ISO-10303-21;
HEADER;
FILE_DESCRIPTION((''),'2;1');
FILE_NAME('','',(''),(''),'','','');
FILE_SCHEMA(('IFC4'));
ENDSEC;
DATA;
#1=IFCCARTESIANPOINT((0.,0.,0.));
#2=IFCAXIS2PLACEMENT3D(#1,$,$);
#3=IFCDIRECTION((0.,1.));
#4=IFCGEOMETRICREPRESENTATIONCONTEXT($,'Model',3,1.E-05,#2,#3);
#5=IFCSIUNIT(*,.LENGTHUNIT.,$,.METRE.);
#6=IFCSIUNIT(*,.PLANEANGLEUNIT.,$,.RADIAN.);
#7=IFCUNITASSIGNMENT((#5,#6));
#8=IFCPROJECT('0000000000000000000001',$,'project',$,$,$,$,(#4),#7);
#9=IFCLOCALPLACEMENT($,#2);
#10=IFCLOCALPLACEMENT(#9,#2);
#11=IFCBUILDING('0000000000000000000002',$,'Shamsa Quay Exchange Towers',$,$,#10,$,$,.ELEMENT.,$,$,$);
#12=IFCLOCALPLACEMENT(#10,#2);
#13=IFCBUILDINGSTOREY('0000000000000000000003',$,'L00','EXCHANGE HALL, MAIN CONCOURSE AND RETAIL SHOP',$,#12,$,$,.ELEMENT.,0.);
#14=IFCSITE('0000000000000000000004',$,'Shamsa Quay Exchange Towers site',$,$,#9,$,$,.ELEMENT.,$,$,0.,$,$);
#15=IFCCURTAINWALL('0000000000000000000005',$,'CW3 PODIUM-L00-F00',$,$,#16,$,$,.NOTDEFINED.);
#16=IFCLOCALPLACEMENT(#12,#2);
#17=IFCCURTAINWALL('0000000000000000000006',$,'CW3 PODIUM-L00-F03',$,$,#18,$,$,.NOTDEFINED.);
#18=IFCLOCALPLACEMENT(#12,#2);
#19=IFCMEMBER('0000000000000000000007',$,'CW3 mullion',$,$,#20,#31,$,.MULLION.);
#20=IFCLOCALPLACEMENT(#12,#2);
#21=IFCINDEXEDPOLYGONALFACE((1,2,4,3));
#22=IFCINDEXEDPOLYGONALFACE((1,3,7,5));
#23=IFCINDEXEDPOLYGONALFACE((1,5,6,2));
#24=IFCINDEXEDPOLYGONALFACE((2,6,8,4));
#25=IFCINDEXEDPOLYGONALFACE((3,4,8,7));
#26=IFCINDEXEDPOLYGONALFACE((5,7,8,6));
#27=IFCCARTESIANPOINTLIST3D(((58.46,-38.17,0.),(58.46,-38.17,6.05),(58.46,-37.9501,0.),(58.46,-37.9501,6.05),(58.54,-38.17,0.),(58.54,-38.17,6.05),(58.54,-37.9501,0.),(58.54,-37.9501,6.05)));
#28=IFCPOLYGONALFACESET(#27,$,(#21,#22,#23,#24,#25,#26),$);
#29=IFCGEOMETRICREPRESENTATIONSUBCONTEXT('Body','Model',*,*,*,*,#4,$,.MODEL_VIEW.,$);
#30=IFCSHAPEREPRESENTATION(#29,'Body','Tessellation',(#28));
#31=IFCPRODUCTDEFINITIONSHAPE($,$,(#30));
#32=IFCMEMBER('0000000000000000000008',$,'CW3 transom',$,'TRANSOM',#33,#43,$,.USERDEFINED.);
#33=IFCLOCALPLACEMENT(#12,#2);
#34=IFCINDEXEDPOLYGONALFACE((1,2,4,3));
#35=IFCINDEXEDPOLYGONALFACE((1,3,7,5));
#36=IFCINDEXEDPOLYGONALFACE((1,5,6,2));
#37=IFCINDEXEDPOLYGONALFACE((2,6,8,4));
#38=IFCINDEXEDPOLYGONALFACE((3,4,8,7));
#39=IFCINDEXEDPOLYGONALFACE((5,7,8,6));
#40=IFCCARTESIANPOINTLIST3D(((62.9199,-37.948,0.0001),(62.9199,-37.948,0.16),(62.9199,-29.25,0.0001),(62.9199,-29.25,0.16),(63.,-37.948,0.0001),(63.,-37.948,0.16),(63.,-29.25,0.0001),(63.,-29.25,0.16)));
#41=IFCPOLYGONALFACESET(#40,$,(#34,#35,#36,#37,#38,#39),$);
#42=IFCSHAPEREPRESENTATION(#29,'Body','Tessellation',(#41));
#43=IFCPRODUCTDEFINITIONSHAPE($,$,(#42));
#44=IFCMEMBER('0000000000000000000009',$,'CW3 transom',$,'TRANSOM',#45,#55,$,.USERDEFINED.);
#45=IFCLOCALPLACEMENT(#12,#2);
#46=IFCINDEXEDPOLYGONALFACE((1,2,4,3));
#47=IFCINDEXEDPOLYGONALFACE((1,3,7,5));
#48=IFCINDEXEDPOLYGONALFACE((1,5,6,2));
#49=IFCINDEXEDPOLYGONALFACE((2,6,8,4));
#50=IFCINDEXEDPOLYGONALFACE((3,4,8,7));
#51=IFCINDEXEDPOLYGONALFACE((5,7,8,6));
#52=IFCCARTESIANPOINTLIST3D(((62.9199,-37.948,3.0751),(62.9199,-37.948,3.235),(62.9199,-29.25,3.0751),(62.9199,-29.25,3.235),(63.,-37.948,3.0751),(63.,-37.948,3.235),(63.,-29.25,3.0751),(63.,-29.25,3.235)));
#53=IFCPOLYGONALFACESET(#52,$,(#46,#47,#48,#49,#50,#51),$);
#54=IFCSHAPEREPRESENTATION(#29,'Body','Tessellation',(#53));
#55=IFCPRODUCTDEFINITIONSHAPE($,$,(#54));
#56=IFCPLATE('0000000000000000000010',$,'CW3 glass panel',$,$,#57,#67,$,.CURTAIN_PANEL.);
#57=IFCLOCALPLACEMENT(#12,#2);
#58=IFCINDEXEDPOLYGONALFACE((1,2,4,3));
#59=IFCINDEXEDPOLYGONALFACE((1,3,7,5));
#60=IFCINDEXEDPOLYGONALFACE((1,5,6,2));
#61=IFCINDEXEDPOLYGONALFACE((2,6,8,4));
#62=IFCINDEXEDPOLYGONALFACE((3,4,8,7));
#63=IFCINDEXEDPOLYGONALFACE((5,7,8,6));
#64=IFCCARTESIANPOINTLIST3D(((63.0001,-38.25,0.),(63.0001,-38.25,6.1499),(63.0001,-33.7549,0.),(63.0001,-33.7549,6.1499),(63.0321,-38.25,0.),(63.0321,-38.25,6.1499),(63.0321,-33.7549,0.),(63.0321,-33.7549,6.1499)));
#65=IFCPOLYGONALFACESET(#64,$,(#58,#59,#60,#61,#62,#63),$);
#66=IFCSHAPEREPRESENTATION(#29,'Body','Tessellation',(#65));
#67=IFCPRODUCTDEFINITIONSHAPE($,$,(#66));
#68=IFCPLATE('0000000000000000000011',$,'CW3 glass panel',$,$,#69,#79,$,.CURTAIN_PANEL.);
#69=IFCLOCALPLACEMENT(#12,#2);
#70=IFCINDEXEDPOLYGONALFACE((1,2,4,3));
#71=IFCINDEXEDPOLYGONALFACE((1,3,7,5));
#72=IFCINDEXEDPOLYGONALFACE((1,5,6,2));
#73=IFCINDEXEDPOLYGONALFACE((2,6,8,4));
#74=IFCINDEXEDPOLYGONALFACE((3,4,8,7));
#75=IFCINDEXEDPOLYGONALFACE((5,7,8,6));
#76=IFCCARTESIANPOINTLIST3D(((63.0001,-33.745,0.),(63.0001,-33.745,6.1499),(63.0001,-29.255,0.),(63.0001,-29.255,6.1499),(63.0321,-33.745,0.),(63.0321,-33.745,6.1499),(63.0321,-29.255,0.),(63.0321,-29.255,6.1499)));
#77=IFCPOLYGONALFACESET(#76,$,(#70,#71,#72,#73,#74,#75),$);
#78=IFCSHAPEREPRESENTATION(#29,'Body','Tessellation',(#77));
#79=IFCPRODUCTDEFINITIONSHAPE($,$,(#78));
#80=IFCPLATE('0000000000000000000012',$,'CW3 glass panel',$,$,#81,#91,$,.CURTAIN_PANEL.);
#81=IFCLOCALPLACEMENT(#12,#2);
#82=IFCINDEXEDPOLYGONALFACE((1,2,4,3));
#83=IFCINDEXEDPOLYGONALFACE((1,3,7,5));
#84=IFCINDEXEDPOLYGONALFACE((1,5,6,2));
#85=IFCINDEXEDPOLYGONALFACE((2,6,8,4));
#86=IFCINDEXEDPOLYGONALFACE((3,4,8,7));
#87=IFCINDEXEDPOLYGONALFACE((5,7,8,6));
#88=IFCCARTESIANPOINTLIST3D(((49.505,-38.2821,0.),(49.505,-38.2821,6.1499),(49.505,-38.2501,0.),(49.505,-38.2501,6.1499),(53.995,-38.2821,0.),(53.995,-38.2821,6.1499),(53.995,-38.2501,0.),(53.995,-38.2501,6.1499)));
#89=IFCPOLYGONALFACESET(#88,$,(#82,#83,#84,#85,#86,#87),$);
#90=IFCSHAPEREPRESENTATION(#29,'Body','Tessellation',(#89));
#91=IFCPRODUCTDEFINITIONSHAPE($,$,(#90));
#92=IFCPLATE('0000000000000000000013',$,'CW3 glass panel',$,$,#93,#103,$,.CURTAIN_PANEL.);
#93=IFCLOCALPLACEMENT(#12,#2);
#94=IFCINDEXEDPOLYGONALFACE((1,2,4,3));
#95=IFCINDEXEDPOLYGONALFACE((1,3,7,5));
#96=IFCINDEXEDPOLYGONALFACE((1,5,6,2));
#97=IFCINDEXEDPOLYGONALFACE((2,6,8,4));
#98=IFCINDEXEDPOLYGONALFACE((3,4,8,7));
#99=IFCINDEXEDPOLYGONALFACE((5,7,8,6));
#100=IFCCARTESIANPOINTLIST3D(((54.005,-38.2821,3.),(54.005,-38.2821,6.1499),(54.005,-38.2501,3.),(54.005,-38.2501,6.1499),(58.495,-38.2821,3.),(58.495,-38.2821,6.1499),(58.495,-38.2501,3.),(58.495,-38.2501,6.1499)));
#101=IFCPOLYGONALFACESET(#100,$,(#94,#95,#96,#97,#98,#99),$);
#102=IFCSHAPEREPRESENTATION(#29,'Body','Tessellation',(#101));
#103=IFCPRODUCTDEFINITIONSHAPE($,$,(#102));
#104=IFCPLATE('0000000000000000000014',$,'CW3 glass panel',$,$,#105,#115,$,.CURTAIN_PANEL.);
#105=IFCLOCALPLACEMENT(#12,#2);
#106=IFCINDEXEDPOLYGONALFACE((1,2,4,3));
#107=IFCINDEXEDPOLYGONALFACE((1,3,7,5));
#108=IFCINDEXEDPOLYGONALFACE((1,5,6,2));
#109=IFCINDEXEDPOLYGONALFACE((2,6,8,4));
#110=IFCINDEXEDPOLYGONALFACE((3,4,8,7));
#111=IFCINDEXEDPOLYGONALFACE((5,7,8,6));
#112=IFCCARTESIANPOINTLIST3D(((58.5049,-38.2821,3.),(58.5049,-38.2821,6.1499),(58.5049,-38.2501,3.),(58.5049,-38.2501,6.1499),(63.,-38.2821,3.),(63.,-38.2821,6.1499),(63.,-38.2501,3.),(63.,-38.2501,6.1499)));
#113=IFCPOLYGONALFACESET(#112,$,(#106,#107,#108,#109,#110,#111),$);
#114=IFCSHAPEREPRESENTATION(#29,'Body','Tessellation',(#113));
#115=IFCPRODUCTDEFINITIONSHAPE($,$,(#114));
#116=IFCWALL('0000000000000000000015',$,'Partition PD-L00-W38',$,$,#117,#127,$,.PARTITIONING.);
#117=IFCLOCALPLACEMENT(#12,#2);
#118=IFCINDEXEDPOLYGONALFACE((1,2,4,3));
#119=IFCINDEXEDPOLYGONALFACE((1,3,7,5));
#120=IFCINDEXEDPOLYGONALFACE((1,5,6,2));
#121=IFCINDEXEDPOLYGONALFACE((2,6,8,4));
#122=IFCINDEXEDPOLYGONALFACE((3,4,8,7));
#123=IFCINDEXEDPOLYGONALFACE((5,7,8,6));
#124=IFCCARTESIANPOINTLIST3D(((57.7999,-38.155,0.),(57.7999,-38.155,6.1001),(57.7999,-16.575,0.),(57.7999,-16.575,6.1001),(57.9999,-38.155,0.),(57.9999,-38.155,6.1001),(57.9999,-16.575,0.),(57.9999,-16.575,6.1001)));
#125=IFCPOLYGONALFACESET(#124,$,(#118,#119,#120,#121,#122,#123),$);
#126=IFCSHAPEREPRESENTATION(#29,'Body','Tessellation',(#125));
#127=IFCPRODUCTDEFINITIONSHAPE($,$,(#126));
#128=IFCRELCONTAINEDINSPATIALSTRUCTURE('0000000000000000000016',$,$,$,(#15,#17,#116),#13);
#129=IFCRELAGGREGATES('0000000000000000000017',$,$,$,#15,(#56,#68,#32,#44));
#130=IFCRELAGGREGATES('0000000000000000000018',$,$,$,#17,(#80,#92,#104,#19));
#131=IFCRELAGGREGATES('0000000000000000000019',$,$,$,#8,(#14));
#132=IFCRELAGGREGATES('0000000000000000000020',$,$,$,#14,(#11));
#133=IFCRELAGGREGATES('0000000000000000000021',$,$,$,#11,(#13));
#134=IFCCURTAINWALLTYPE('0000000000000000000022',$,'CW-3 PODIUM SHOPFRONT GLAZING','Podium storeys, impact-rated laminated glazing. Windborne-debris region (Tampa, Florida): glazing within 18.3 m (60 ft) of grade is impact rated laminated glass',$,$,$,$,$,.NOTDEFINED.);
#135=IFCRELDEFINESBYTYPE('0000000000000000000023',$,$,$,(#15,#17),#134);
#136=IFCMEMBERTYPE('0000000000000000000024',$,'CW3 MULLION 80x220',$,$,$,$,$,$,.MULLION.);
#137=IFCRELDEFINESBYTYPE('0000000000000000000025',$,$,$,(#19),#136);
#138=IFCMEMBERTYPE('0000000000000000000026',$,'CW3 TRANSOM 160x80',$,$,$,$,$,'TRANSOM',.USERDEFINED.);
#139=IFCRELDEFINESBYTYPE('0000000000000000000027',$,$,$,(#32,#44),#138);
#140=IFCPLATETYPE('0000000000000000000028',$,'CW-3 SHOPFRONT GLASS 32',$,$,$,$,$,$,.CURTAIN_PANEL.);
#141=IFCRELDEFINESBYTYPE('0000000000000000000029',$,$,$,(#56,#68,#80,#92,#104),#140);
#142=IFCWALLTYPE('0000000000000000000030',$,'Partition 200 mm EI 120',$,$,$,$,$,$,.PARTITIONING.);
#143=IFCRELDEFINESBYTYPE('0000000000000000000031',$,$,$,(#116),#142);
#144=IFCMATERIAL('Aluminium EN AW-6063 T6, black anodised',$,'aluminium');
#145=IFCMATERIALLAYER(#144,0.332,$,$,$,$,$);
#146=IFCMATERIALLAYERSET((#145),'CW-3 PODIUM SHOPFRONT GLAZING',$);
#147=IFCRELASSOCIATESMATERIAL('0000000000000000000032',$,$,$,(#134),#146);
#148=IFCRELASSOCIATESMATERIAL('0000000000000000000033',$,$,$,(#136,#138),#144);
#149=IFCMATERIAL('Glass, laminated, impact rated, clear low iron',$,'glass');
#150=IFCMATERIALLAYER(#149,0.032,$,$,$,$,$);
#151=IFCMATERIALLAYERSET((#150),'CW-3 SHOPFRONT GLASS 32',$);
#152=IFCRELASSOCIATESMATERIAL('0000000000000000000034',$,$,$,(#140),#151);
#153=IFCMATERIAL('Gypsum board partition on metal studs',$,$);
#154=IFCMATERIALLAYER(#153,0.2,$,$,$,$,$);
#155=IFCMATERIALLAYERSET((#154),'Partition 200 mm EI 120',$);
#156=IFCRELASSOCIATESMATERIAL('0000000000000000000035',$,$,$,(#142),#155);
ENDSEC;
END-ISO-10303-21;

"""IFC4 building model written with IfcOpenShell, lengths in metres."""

from ifc_helpers import new_model, si_unit, direction, frame, frame_2d, origin, origin_2d, place, context, subcontext, project, spatial, rectangle, extrude, material, layer, layer_set, material_profile, profile_set, type_object, element, aggregate, save


model = new_model("IFC4")

# Units and contexts
model_context = context("Model", 3, precision=1e-05, world=origin(), true_north=direction((0.0, 1.0)))
body_context = subcontext(model_context, "Body", "Model", "MODEL_VIEW")
ifc_project = project(units=[si_unit("LENGTHUNIT", "METRE"), si_unit("PLANEANGLEUNIT", "RADIAN")], contexts=[model_context])

# Site, building, storey
site_placement = place(None, origin())
site = spatial("IfcSite", under=ifc_project, at=site_placement, Name="Shamsa Quay Exchange Towers site", CompositionType="ELEMENT", RefElevation=0.0)
building_placement = place(site_placement, origin())
building = spatial("IfcBuilding", under=site, at=building_placement, Name="Shamsa Quay Exchange Towers", CompositionType="ELEMENT")
storey_placement = place(building_placement, origin())
storey = spatial("IfcBuildingStorey", under=building, at=storey_placement, Name="L00", Description="EXCHANGE HALL, MAIN CONCOURSE AND RETAIL SHOP", CompositionType="ELEMENT", Elevation=0.0)

# Curtain walls, member
ifc_material_1 = material(Name="Aluminium EN AW-6063 T6, black anodised", Category="aluminium")
ifc_layer_1 = layer(ifc_material_1, 0.332)
ifc_layer_set_1 = layer_set([ifc_layer_1], Name="CW-3 PODIUM SHOPFRONT GLAZING")
curtain_wall_type = type_object("IfcCurtainWallType", Name="CW-3 PODIUM SHOPFRONT GLAZING", Description="Podium storeys, impact-rated laminated glazing. Windborne-debris region (Tampa, Florida): glazing within 18.3 m (60 ft) of grade is impact rated laminated glass", PredefinedType="NOTDEFINED", material=ifc_layer_set_1)
curtain_wall_1_placement = place(storey_placement, origin())
curtain_wall_1 = element("IfcCurtainWall", 1, at=curtain_wall_1_placement, inside=storey, type_object=curtain_wall_type, Name="CW3 PODIUM-L00-F00", PredefinedType="NOTDEFINED")
ifc_material_profile_1 = material_profile(ifc_material_1, rectangle(XDim=0.22, YDim=0.0801, at=origin_2d()), Name="MU80x220")
ifc_profile_set_1 = profile_set([ifc_material_profile_1], Name="Aluminium EN AW-6063 T6, black anodised")
member_type_1 = type_object("IfcMemberType", Name="CW3 MULLION 80x220", PredefinedType="MULLION", material=ifc_profile_set_1)
curtain_wall_2_placement = place(storey_placement, origin())
curtain_wall_2 = element("IfcCurtainWall", 2, at=curtain_wall_2_placement, inside=storey, type_object=curtain_wall_type, Name="CW3 PODIUM-L00-F03", PredefinedType="NOTDEFINED")
member_1_placement = place(storey_placement, frame((58.5, -38.0601, 0.0), z_axis=(0.0, 0.0, 1.0), x_axis=(0.0, 1.0, 0.0)))
member_1 = element("IfcMember", 3, at=member_1_placement, type_object=member_type_1, Name="CW3 mullion", PredefinedType="MULLION", context=body_context, shape_type="SweptSolid", body=[
    extrude(rectangle(XDim=0.22, YDim=0.0801, at=origin_2d()), origin(), (0.0, 0.0, 1.0), 6.05),
])

# Members
ifc_material_profile_2 = material_profile(ifc_material_1, rectangle(XDim=0.0801, YDim=0.1599, at=origin_2d()), Name="TR160x80")
ifc_profile_set_2 = profile_set([ifc_material_profile_2], Name="Aluminium EN AW-6063 T6, black anodised")
member_type_2 = type_object("IfcMemberType", Name="CW3 TRANSOM 160x80", ElementType="TRANSOM", PredefinedType="USERDEFINED", material=ifc_profile_set_2)
member_2_placement = place(storey_placement, frame((62.96, -37.948, 0.0801), z_axis=(0.0, 1.0, 0.0), x_axis=(-1.0, 0.0, 0.0)))
member_2 = element("IfcMember", 4, at=member_2_placement, type_object=member_type_2, Name="CW3 transom", ObjectType="TRANSOM", PredefinedType="USERDEFINED", context=body_context, shape_type="SweptSolid", body=[
    extrude(rectangle(XDim=0.0801, YDim=0.1599, at=origin_2d()), origin(), (0.0, 0.0, 1.0), 8.698),
])
member_3_placement = place(storey_placement, frame((62.96, -37.948, 3.155), z_axis=(0.0, 1.0, 0.0), x_axis=(-1.0, 0.0, 0.0)))
member_3 = element("IfcMember", 5, at=member_3_placement, type_object=member_type_2, Name="CW3 transom", ObjectType="TRANSOM", PredefinedType="USERDEFINED", context=body_context, shape_type="SweptSolid", body=[
    extrude(rectangle(XDim=0.0801, YDim=0.1599, at=origin_2d()), origin(), (0.0, 0.0, 1.0), 8.698),
])

# Plates
ifc_material_2 = material(Name="Glass, laminated, impact rated, clear low iron", Category="glass")
ifc_layer_2 = layer(ifc_material_2, 0.032)
ifc_layer_set_2 = layer_set([ifc_layer_2], Name="CW-3 SHOPFRONT GLASS 32")
plate_type = type_object("IfcPlateType", Name="CW-3 SHOPFRONT GLASS 32", PredefinedType="CURTAIN_PANEL", material=ifc_layer_set_2)
plate_1_placement = place(storey_placement, frame((63.0161, -36.0024, 0.0), z_axis=(0.0, 0.0, 1.0), x_axis=(0.0, 1.0, 0.0)))
plate_1 = element("IfcPlate", 6, at=plate_1_placement, type_object=plate_type, Name="CW3 glass panel", PredefinedType="CURTAIN_PANEL", context=body_context, shape_type="SweptSolid", body=[
    extrude(rectangle(XDim=4.4951, YDim=0.032, at=origin_2d()), origin(), (0.0, 0.0, 1.0), 6.1499),
])
plate_2_placement = place(storey_placement, frame((63.0161, -31.5, 0.0), z_axis=(0.0, 0.0, 1.0), x_axis=(0.0, 1.0, 0.0)))
plate_2 = element("IfcPlate", 7, at=plate_2_placement, type_object=plate_type, Name="CW3 glass panel", PredefinedType="CURTAIN_PANEL", context=body_context, shape_type="SweptSolid", body=[
    extrude(rectangle(XDim=4.49, YDim=0.032, at=origin_2d()), origin(), (0.0, 0.0, 1.0), 6.1499),
])
aggregate(curtain_wall_1, [plate_1, plate_2, member_2, member_3])
plate_3_placement = place(storey_placement, frame((51.75, -38.2661, 0.0)))
plate_3 = element("IfcPlate", 8, at=plate_3_placement, type_object=plate_type, Name="CW3 glass panel", PredefinedType="CURTAIN_PANEL", context=body_context, shape_type="SweptSolid", body=[
    extrude(rectangle(XDim=4.49, YDim=0.032, at=origin_2d()), origin(), (0.0, 0.0, 1.0), 6.1499),
])
plate_4_placement = place(storey_placement, frame((56.25, -38.2661, 3.0)))
plate_4 = element("IfcPlate", 9, at=plate_4_placement, type_object=plate_type, Name="CW3 glass panel", PredefinedType="CURTAIN_PANEL", context=body_context, shape_type="SweptSolid", body=[
    extrude(rectangle(XDim=4.49, YDim=0.032, at=origin_2d()), origin(), (0.0, 0.0, 1.0), 3.1499),
])
plate_5_placement = place(storey_placement, frame((60.7524, -38.2661, 3.0)))
plate_5 = element("IfcPlate", 10, at=plate_5_placement, type_object=plate_type, Name="CW3 glass panel", PredefinedType="CURTAIN_PANEL", context=body_context, shape_type="SweptSolid", body=[
    extrude(rectangle(XDim=4.4951, YDim=0.032, at=origin_2d()), origin(), (0.0, 0.0, 1.0), 3.1499),
])
aggregate(curtain_wall_2, [plate_3, plate_4, plate_5, member_1])

# Wall
ifc_material_3 = material(Name="Gypsum board partition on metal studs")
ifc_layer_3 = layer(ifc_material_3, 0.2)
ifc_layer_set_3 = layer_set([ifc_layer_3], Name="Partition 200 mm EI 120")
wall_type_1 = type_object("IfcWallType", Name="Partition 200 mm EI 120", PredefinedType="PARTITIONING", material=ifc_layer_set_3)
wall_1_placement = place(storey_placement, frame((57.8999, -38.155, 0.0), z_axis=(0.0, 0.0, 1.0), x_axis=(0.0, 1.0, 0.0)))
element("IfcWall", 11, at=wall_1_placement, inside=storey, type_object=wall_type_1, Name="Partition PD-L00-W38", PredefinedType="PARTITIONING", context=body_context, shape_type="SweptSolid", body=[
    extrude(rectangle(XDim=21.5801, YDim=0.2, at=frame_2d((10.79, 0.0))), origin(), (0.0, 0.0, 1.0), 6.1001),
])

save(model, "model.ifc")
